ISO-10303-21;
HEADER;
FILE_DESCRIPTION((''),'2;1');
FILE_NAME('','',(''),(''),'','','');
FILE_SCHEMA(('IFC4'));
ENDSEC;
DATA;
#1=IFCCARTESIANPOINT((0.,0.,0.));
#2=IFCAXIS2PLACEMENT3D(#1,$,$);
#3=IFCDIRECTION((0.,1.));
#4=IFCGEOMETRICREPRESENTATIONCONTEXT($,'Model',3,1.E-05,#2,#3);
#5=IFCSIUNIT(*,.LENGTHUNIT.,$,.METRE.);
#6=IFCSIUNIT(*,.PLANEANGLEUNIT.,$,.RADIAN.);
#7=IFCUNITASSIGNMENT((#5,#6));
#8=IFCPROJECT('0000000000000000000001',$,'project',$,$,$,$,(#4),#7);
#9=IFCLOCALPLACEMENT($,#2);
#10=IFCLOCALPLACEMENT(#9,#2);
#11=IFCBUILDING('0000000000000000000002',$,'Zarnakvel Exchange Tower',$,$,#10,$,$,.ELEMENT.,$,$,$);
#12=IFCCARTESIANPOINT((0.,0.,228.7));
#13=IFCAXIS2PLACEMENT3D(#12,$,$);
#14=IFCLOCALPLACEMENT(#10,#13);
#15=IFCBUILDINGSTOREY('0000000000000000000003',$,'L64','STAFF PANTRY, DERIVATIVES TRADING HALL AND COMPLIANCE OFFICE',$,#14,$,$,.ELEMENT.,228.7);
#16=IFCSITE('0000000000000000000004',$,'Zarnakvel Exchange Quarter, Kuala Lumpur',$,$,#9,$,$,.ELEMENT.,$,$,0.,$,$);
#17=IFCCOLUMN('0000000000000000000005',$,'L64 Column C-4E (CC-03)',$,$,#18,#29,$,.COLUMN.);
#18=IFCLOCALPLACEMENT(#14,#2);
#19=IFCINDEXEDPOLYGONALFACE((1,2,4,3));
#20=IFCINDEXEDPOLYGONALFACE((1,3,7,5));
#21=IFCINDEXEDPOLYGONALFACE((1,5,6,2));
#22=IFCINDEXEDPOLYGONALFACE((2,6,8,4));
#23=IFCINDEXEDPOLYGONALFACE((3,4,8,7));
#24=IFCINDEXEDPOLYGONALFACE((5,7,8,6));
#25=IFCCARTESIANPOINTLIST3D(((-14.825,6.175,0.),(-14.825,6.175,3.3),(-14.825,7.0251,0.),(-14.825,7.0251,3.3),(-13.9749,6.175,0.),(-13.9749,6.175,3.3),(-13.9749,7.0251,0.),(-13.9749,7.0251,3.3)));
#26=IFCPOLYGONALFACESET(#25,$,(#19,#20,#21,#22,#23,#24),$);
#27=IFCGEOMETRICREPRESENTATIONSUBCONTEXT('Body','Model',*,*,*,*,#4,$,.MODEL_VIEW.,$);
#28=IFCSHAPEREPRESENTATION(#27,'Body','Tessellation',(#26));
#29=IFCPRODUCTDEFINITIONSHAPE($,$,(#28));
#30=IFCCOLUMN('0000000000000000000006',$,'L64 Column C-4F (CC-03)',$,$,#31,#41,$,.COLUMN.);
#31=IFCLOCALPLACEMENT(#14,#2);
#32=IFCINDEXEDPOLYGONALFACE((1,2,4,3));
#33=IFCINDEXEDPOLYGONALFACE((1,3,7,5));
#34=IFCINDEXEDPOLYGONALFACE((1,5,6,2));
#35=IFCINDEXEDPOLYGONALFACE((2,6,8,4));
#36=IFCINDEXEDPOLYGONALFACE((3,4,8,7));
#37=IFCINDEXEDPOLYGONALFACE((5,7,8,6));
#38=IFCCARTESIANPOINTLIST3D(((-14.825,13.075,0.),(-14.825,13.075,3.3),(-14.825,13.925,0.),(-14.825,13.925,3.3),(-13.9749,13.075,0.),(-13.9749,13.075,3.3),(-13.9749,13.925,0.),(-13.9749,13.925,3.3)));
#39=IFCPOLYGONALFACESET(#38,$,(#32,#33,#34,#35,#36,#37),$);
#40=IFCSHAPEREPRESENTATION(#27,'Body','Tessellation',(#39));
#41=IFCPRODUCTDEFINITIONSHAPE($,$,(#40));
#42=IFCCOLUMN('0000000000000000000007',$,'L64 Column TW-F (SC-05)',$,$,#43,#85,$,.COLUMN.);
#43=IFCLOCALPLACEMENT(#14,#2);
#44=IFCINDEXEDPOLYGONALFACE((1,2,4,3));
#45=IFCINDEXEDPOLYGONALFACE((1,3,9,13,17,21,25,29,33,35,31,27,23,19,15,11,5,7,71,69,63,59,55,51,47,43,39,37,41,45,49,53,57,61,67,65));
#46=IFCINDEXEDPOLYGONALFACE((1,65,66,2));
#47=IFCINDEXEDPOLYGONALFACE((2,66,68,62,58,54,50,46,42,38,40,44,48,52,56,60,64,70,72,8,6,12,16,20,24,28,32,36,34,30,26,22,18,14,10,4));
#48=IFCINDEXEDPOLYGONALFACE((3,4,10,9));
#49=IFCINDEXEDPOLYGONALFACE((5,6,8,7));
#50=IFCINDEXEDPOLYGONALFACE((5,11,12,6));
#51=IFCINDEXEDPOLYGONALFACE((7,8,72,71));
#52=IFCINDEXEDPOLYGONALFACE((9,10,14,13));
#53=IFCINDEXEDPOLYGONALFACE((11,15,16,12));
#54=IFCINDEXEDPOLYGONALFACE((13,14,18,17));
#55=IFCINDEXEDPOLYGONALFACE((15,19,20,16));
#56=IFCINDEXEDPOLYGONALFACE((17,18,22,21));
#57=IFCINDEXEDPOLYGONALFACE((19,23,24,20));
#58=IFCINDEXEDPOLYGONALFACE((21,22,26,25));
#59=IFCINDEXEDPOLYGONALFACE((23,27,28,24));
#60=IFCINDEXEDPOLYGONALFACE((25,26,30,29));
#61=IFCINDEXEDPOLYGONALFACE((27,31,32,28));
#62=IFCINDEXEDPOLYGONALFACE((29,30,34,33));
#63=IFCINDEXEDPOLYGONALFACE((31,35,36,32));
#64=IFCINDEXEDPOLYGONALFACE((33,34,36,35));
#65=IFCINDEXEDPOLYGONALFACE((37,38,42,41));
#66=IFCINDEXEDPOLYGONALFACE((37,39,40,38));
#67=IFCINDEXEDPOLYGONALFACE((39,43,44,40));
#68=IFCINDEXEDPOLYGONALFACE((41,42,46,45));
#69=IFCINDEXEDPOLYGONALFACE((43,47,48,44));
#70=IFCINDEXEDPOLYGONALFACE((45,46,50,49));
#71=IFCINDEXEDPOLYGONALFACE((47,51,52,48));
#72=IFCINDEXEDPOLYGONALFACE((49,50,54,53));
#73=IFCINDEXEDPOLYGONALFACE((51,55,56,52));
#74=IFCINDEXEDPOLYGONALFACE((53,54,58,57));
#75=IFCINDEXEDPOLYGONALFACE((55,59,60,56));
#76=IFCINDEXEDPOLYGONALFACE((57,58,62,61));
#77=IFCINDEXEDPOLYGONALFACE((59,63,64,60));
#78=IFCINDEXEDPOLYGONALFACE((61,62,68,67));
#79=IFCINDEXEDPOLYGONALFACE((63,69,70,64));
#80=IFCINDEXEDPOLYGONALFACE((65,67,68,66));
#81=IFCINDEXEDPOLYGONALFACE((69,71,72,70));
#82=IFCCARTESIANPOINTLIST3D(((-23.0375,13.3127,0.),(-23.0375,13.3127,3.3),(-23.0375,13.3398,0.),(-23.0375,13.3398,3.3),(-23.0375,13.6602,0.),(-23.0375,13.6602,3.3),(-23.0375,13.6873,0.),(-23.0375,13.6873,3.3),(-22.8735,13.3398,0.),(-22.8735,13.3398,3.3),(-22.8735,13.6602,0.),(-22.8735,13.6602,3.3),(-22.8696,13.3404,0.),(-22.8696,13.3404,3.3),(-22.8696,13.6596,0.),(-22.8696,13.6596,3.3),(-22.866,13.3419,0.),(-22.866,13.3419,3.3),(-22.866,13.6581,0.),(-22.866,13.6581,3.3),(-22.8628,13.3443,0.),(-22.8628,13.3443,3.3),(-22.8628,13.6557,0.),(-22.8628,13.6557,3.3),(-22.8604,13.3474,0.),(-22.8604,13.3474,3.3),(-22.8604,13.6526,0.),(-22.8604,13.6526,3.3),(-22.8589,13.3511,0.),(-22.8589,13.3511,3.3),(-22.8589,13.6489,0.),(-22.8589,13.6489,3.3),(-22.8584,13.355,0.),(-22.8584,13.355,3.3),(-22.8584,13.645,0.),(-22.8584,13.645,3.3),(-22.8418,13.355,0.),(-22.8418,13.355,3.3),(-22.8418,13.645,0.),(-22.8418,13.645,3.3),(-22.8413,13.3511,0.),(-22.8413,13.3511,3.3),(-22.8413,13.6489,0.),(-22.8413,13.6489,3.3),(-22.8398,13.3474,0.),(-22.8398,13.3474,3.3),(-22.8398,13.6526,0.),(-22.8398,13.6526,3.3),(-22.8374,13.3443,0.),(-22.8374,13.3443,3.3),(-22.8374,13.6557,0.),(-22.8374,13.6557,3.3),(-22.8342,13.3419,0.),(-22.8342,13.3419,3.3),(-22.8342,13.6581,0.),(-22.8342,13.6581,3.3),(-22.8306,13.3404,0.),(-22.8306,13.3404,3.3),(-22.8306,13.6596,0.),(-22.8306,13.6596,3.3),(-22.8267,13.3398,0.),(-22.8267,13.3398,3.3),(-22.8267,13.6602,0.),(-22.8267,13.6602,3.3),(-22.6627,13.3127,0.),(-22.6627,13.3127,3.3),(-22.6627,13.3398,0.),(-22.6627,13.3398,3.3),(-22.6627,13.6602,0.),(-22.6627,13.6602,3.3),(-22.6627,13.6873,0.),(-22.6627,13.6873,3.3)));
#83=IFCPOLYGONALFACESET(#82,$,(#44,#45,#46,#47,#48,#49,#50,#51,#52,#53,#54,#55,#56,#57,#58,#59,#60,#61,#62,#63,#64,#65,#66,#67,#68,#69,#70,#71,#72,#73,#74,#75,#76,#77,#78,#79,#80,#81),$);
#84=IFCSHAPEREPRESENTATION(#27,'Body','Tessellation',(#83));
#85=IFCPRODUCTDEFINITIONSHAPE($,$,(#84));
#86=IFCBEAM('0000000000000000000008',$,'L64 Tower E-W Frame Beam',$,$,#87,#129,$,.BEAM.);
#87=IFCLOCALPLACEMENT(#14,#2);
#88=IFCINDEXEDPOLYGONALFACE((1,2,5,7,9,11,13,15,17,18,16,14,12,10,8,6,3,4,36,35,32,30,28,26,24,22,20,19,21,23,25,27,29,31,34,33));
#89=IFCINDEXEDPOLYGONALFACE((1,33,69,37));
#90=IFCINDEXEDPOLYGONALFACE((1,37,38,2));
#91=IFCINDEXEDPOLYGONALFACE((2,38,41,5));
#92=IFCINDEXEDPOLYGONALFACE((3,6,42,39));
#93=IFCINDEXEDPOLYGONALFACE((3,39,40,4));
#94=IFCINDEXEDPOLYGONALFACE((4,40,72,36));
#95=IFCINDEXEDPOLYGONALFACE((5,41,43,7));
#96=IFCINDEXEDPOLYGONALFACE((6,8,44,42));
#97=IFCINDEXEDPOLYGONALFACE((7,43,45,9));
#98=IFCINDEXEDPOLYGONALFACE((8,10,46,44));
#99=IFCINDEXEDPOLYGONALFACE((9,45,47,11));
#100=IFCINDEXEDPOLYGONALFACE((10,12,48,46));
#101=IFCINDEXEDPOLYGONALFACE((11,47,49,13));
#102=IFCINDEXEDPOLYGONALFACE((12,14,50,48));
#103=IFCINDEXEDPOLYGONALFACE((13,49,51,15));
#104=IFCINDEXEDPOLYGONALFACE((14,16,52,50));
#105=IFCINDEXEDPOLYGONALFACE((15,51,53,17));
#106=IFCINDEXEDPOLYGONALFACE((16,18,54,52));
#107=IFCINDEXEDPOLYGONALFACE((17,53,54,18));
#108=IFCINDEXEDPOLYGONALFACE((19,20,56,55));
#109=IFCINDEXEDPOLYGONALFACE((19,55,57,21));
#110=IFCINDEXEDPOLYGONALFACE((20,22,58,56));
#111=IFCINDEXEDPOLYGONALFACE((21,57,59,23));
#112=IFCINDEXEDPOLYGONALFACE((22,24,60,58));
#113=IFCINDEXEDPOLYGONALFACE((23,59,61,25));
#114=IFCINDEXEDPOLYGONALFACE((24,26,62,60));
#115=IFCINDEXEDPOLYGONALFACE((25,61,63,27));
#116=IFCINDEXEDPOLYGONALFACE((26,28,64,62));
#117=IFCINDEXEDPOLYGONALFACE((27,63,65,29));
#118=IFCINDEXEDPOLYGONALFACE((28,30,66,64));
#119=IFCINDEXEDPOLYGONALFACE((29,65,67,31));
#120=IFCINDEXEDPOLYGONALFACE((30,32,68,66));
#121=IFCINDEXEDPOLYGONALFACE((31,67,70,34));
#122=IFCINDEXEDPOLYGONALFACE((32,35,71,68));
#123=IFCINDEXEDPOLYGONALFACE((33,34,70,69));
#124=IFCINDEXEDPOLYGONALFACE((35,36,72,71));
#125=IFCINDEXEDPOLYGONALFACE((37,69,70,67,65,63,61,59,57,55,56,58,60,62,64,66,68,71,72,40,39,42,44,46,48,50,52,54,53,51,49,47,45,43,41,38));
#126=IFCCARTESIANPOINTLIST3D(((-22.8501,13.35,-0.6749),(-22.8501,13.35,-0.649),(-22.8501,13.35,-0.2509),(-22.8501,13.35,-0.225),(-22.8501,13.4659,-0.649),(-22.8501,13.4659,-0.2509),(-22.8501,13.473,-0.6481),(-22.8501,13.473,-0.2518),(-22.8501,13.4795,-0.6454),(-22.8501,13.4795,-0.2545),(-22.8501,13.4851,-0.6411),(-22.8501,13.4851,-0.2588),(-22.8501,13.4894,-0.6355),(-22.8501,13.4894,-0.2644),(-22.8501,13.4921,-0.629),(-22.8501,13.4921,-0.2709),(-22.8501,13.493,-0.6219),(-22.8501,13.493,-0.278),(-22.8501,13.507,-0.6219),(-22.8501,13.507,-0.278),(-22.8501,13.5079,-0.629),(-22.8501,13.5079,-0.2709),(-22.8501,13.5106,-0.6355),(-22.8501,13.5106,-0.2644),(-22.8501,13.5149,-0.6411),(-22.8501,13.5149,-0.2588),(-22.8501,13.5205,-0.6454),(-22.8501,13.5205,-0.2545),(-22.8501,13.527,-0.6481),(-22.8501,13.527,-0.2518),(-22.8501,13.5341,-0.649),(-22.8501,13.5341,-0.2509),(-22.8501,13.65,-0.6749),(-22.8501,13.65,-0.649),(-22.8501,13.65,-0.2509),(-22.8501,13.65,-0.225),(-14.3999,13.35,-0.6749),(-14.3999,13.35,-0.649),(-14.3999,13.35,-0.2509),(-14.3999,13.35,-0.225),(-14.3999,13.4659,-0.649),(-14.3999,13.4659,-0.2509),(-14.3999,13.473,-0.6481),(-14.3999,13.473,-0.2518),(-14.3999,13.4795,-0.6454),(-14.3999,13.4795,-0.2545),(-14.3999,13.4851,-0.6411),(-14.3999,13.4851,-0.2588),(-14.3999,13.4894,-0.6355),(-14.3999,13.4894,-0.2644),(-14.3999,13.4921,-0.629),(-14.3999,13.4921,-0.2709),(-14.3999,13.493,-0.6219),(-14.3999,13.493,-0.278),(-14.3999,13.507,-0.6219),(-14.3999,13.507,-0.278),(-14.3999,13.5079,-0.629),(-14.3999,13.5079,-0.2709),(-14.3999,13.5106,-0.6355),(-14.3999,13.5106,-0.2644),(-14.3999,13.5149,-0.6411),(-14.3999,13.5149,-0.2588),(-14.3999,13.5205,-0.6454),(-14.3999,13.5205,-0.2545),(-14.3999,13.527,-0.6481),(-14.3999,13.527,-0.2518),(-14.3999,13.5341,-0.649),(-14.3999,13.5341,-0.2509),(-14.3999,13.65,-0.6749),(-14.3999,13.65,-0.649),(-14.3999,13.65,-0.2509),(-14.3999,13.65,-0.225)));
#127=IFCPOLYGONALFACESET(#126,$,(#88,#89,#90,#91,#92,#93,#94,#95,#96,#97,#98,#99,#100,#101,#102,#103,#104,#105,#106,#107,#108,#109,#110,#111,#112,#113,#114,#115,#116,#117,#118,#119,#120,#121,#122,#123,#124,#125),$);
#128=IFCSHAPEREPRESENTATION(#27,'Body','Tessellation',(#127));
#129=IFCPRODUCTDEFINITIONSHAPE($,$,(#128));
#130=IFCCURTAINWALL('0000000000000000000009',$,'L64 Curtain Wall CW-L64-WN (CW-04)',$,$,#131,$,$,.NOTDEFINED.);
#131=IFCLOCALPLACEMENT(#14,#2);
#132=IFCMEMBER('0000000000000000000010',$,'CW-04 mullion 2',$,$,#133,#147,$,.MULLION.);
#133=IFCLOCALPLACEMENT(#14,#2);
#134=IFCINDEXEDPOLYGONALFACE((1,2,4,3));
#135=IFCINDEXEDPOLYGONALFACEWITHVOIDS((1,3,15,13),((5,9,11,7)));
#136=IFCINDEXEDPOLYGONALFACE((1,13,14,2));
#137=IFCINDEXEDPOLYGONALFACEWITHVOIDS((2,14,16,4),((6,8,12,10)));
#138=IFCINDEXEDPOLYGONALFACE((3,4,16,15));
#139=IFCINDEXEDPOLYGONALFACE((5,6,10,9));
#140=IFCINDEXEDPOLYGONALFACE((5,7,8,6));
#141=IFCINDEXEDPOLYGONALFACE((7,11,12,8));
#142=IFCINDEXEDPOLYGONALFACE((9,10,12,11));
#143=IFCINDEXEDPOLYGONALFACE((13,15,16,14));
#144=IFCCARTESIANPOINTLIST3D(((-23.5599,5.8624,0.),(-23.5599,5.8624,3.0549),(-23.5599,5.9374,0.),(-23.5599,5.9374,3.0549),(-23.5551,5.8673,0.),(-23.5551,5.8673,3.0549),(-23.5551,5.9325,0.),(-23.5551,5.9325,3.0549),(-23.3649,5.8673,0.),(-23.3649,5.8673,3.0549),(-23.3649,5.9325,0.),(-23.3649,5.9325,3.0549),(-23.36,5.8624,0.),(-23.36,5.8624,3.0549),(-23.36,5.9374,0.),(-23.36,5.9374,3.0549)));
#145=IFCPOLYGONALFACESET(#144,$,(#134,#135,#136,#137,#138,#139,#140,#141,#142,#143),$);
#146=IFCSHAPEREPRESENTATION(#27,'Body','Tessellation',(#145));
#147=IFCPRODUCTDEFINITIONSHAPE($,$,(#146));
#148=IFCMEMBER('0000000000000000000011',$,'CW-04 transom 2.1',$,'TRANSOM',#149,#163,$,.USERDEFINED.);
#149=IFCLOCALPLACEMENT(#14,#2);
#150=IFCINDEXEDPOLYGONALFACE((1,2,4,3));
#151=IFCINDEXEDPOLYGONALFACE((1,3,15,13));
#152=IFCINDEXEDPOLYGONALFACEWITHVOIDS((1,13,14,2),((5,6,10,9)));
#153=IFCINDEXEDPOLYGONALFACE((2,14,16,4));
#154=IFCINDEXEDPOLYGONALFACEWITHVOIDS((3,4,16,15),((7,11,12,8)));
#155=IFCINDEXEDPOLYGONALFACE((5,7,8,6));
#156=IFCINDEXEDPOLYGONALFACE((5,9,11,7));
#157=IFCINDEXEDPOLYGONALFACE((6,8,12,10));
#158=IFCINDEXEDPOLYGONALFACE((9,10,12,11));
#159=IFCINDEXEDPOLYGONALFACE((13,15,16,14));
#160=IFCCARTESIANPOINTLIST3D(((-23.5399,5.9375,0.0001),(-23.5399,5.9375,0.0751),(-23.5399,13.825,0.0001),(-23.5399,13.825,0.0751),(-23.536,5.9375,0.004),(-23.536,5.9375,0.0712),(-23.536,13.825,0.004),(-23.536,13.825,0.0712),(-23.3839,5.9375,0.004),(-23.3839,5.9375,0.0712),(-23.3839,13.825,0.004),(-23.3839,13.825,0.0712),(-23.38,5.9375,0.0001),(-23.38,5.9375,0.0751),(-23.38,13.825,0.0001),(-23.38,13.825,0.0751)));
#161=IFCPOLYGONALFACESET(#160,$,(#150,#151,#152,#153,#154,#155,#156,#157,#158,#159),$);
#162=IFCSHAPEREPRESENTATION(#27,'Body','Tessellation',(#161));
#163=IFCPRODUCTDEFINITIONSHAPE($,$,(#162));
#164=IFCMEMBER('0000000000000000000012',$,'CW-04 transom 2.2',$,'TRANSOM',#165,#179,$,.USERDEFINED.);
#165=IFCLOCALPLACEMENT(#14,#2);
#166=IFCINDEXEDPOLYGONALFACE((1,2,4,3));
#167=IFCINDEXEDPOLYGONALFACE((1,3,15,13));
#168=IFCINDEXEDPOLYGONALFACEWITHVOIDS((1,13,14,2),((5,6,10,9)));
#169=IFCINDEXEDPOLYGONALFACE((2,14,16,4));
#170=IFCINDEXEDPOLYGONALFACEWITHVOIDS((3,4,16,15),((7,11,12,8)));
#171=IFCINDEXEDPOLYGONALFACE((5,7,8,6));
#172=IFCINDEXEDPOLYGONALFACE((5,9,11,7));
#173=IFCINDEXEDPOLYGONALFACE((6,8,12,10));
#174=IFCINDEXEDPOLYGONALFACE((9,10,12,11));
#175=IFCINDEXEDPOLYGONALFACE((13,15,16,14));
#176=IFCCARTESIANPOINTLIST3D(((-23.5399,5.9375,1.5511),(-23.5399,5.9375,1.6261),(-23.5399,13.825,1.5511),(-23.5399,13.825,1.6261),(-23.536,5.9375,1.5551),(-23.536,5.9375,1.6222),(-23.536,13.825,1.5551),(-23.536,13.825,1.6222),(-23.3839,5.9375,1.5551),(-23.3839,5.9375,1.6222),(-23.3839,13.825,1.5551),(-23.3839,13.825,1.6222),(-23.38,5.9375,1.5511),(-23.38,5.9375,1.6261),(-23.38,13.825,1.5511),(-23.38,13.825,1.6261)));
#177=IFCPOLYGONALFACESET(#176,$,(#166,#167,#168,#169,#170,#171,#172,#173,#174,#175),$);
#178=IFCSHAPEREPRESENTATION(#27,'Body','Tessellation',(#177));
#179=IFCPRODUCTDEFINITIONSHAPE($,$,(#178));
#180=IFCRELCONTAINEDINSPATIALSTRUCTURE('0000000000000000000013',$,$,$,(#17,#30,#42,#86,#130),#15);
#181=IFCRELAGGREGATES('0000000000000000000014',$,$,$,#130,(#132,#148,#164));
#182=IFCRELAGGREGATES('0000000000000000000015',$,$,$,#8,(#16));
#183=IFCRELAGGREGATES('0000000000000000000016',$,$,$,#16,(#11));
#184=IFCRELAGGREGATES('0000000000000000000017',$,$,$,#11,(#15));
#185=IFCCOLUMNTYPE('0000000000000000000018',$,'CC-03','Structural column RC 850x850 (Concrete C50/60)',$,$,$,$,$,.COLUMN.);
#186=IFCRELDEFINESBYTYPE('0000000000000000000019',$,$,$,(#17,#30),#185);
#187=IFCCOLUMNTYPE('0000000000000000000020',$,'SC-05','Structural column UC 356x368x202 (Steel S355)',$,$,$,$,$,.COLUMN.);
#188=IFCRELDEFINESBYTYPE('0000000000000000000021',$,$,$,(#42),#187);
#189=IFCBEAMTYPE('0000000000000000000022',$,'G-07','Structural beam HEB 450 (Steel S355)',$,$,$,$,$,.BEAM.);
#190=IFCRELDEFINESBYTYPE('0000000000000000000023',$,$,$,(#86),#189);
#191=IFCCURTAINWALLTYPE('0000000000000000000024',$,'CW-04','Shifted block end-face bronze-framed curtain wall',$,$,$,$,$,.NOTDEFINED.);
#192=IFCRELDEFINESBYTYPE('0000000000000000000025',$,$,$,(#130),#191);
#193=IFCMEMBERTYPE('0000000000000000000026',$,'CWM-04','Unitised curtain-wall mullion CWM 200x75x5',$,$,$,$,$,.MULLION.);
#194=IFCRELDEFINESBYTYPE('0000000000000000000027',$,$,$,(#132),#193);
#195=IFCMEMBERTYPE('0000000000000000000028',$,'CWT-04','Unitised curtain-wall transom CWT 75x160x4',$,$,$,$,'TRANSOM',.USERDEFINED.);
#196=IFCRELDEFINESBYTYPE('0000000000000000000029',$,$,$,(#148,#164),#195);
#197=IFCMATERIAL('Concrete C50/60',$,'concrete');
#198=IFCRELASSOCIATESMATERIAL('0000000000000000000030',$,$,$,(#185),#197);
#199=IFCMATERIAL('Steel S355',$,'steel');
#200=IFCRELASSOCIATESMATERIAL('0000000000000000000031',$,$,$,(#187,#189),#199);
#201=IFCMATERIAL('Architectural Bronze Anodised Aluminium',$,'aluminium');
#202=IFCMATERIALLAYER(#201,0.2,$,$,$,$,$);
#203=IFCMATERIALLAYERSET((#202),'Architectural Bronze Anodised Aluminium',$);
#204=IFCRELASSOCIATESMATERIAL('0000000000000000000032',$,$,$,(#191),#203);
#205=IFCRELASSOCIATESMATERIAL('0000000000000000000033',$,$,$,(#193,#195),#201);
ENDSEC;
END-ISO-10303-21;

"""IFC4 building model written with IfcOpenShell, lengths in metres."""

from ifc_helpers import new_model, si_unit, direction, frame, origin, origin_2d, place, context, subcontext, project, spatial, rectangle, hollow_rectangle, i_section, extrude, source, transform, mapped, material, layer, layer_set, material_profile, profile_set, type_object, element, aggregate, save


model = new_model("IFC4")

# Units and contexts
model_context = context("Model", 3, precision=1e-05, world=origin(), true_north=direction((0.0, 1.0)))
body_context = subcontext(model_context, "Body", "Model", "MODEL_VIEW")
ifc_project = project(units=[si_unit("LENGTHUNIT", "METRE"), si_unit("PLANEANGLEUNIT", "RADIAN")], contexts=[model_context])

# Site, building, storey
site_placement = place(None, origin())
site = spatial("IfcSite", under=ifc_project, at=site_placement, Name="Zarnakvel Exchange Quarter, Kuala Lumpur", CompositionType="ELEMENT", RefElevation=0.0)
building_placement = place(site_placement, origin())
building = spatial("IfcBuilding", under=site, at=building_placement, Name="Zarnakvel Exchange Tower", CompositionType="ELEMENT")
storey_placement = place(building_placement, frame((0.0, 0.0, 228.7)))
storey = spatial("IfcBuildingStorey", under=building, at=storey_placement, Name="L64", Description="STAFF PANTRY, DERIVATIVES TRADING HALL AND COMPLIANCE OFFICE", CompositionType="ELEMENT", Elevation=228.7)

# Columns
ifc_material_1 = material(Name="Concrete C50/60", Category="concrete")
ifc_material_profile_1 = material_profile(ifc_material_1, rectangle(XDim=0.8501, YDim=0.8501, at=origin_2d()))
ifc_profile_set_1 = profile_set([ifc_material_profile_1], Name="Concrete C50/60")
column_type_1 = type_object("IfcColumnType", Name="CC-03", Description="Structural column RC 850x850 (Concrete C50/60)", PredefinedType="COLUMN", material=ifc_profile_set_1)
for number, where, z_axis, x_axis, name in (
    (1, (-14.3999, 6.6001, 0.0), (0.0, 0.0, 1.0), (1.0, 0.0, 0.0), "L64 Column C-4E (CC-03)"),
    (2, (-14.3999, 13.5, 0.0), (0.0, 0.0, 1.0), (1.0, 0.0, 0.0), "L64 Column C-4F (CC-03)"),
):
    element("IfcColumn", number, at=place(storey_placement, frame(where, z_axis=z_axis, x_axis=x_axis)), inside=storey, type_object=column_type_1, Name=name, PredefinedType="COLUMN", context=body_context, shape_type="SweptSolid", body=[
        extrude(rectangle(XDim=0.8501, YDim=0.8501, at=origin_2d()), origin(), (0.0, 0.0, 1.0), 3.3),
    ])
ifc_material_2 = material(Name="Steel S355", Category="steel")
ifc_material_profile_2 = material_profile(ifc_material_2, i_section(OverallWidth=0.3748, OverallDepth=0.3745, WebThickness=0.0166, FlangeThickness=0.0271, FilletRadius=0.0151, at=origin_2d()))
ifc_profile_set_2 = profile_set([ifc_material_profile_2], Name="Steel S355")
column_type_2 = type_object("IfcColumnType", Name="SC-05", Description="Structural column UC 356x368x202 (Steel S355)", PredefinedType="COLUMN", material=ifc_profile_set_2)
column_placement = place(storey_placement, frame((-22.8501, 13.5, 0.0), z_axis=(0.0, 0.0, 1.0), x_axis=(1.0, 0.0, 0.0)))
element("IfcColumn", 3, at=column_placement, inside=storey, type_object=column_type_2, Name="L64 Column TW-F (SC-05)", PredefinedType="COLUMN", context=body_context, shape_type="SweptSolid", body=[
    extrude(i_section(OverallWidth=0.3748, OverallDepth=0.3745, WebThickness=0.0166, FlangeThickness=0.0271, FilletRadius=0.0151, at=origin_2d()), origin(), (0.0, 0.0, 1.0), 3.3),
])

# Beam
ifc_material_profile_3 = material_profile(ifc_material_2, i_section(OverallWidth=0.3, OverallDepth=0.45, WebThickness=0.0139, FlangeThickness=0.0259, FilletRadius=0.0271, at=origin_2d()))
ifc_profile_set_3 = profile_set([ifc_material_profile_3], Name="Steel S355")
beam_type = type_object("IfcBeamType", Name="G-07", Description="Structural beam HEB 450 (Steel S355)", PredefinedType="BEAM", material=ifc_profile_set_3)
beam_placement = place(storey_placement, frame((-22.8501, 13.5, -0.45), z_axis=(1.0, 0.0, 0.0), x_axis=(0.0, 1.0, 0.0)))
element("IfcBeam", 4, at=beam_placement, inside=storey, type_object=beam_type, Name="L64 Tower E-W Frame Beam", PredefinedType="BEAM", context=body_context, shape_type="SweptSolid", body=[
    extrude(i_section(OverallWidth=0.3, OverallDepth=0.45, WebThickness=0.0139, FlangeThickness=0.0259, FilletRadius=0.0271, at=origin_2d()), origin(), (0.0, 0.0, 1.0), 8.4502),
])

# Curtain wall, members
ifc_material_3 = material(Name="Architectural Bronze Anodised Aluminium", Category="aluminium")
ifc_layer_1 = layer(ifc_material_3, 0.2)
ifc_layer_set_1 = layer_set([ifc_layer_1], Name="Architectural Bronze Anodised Aluminium")
curtain_wall_type = type_object("IfcCurtainWallType", Name="CW-04", Description="Shifted block end-face bronze-framed curtain wall", PredefinedType="NOTDEFINED", material=ifc_layer_set_1)
curtain_wall_placement = place(storey_placement, origin())
curtain_wall = element("IfcCurtainWall", 5, at=curtain_wall_placement, inside=storey, type_object=curtain_wall_type, Name="L64 Curtain Wall CW-L64-WN (CW-04)", PredefinedType="NOTDEFINED")
ifc_material_profile_4 = material_profile(ifc_material_3, hollow_rectangle(XDim=0.2, YDim=0.075, WallThickness=0.0049, at=origin_2d()))
ifc_profile_set_4 = profile_set([ifc_material_profile_4], Name="Architectural Bronze Anodised Aluminium")
member_type_1 = type_object("IfcMemberType", Name="CWM-04", Description="Unitised curtain-wall mullion CWM 200x75x5", PredefinedType="MULLION", material=ifc_profile_set_4)
shared_shape_1 = source(origin(), body_context, "Body", "SweptSolid", [
    extrude(hollow_rectangle(XDim=0.2, YDim=0.075, WallThickness=0.0049, at=origin_2d()), origin(), (0.0, 0.0, 1.0), 3.0549),
])
member_1_placement = place(storey_placement, frame((-23.46, 5.8999, 0.0), z_axis=(0.0, 0.0, 1.0), x_axis=(-1.0, 0.0, 0.0)))
member_1 = element("IfcMember", 6, at=member_1_placement, type_object=member_type_1, Name="CW-04 mullion 2", PredefinedType="MULLION", context=body_context, shape_type="MappedRepresentation", body=[
    mapped(shared_shape_1, transform((0.0, 0.0, 0.0), x_axis=(1.0, 0.0, 0.0), y_axis=(0.0, 1.0, 0.0), z_axis=(0.0, 0.0, 1.0), scale=1.0)),
])
ifc_material_profile_5 = material_profile(ifc_material_3, hollow_rectangle(XDim=0.1599, YDim=0.075, WallThickness=0.0039, at=origin_2d()))
ifc_profile_set_5 = profile_set([ifc_material_profile_5], Name="Architectural Bronze Anodised Aluminium")
member_type_2 = type_object("IfcMemberType", Name="CWT-04", Description="Unitised curtain-wall transom CWT 75x160x4", ElementType="TRANSOM", PredefinedType="USERDEFINED", material=ifc_profile_set_5)
shared_shape_2 = source(origin(), body_context, "Body", "SweptSolid", [
    extrude(hollow_rectangle(XDim=0.1599, YDim=0.075, WallThickness=0.0039, at=origin_2d()), origin(), (0.0, 0.0, 1.0), 7.8875),
])
member_2_placement = place(storey_placement, frame((-23.46, 5.9375, 0.0376), z_axis=(0.0, 1.0, 0.0), x_axis=(-1.0, 0.0, 0.0)))
member_2 = element("IfcMember", 7, at=member_2_placement, type_object=member_type_2, Name="CW-04 transom 2.1", ObjectType="TRANSOM", PredefinedType="USERDEFINED", context=body_context, shape_type="MappedRepresentation", body=[
    mapped(shared_shape_2, transform((0.0, 0.0, 0.0), x_axis=(1.0, 0.0, 0.0), y_axis=(0.0, 1.0, 0.0), z_axis=(0.0, 0.0, 1.0), scale=1.0)),
])
member_3_placement = place(storey_placement, frame((-23.46, 5.9375, 1.5886), z_axis=(0.0, 1.0, 0.0), x_axis=(-1.0, 0.0, 0.0)))
member_3 = element("IfcMember", 8, at=member_3_placement, type_object=member_type_2, Name="CW-04 transom 2.2", ObjectType="TRANSOM", PredefinedType="USERDEFINED", context=body_context, shape_type="MappedRepresentation", body=[
    mapped(shared_shape_2, transform((0.0, 0.0, 0.0), x_axis=(1.0, 0.0, 0.0), y_axis=(0.0, 1.0, 0.0), z_axis=(0.0, 0.0, 1.0), scale=1.0)),
])
aggregate(curtain_wall, [member_1, member_2, member_3])

save(model, "model.ifc")
